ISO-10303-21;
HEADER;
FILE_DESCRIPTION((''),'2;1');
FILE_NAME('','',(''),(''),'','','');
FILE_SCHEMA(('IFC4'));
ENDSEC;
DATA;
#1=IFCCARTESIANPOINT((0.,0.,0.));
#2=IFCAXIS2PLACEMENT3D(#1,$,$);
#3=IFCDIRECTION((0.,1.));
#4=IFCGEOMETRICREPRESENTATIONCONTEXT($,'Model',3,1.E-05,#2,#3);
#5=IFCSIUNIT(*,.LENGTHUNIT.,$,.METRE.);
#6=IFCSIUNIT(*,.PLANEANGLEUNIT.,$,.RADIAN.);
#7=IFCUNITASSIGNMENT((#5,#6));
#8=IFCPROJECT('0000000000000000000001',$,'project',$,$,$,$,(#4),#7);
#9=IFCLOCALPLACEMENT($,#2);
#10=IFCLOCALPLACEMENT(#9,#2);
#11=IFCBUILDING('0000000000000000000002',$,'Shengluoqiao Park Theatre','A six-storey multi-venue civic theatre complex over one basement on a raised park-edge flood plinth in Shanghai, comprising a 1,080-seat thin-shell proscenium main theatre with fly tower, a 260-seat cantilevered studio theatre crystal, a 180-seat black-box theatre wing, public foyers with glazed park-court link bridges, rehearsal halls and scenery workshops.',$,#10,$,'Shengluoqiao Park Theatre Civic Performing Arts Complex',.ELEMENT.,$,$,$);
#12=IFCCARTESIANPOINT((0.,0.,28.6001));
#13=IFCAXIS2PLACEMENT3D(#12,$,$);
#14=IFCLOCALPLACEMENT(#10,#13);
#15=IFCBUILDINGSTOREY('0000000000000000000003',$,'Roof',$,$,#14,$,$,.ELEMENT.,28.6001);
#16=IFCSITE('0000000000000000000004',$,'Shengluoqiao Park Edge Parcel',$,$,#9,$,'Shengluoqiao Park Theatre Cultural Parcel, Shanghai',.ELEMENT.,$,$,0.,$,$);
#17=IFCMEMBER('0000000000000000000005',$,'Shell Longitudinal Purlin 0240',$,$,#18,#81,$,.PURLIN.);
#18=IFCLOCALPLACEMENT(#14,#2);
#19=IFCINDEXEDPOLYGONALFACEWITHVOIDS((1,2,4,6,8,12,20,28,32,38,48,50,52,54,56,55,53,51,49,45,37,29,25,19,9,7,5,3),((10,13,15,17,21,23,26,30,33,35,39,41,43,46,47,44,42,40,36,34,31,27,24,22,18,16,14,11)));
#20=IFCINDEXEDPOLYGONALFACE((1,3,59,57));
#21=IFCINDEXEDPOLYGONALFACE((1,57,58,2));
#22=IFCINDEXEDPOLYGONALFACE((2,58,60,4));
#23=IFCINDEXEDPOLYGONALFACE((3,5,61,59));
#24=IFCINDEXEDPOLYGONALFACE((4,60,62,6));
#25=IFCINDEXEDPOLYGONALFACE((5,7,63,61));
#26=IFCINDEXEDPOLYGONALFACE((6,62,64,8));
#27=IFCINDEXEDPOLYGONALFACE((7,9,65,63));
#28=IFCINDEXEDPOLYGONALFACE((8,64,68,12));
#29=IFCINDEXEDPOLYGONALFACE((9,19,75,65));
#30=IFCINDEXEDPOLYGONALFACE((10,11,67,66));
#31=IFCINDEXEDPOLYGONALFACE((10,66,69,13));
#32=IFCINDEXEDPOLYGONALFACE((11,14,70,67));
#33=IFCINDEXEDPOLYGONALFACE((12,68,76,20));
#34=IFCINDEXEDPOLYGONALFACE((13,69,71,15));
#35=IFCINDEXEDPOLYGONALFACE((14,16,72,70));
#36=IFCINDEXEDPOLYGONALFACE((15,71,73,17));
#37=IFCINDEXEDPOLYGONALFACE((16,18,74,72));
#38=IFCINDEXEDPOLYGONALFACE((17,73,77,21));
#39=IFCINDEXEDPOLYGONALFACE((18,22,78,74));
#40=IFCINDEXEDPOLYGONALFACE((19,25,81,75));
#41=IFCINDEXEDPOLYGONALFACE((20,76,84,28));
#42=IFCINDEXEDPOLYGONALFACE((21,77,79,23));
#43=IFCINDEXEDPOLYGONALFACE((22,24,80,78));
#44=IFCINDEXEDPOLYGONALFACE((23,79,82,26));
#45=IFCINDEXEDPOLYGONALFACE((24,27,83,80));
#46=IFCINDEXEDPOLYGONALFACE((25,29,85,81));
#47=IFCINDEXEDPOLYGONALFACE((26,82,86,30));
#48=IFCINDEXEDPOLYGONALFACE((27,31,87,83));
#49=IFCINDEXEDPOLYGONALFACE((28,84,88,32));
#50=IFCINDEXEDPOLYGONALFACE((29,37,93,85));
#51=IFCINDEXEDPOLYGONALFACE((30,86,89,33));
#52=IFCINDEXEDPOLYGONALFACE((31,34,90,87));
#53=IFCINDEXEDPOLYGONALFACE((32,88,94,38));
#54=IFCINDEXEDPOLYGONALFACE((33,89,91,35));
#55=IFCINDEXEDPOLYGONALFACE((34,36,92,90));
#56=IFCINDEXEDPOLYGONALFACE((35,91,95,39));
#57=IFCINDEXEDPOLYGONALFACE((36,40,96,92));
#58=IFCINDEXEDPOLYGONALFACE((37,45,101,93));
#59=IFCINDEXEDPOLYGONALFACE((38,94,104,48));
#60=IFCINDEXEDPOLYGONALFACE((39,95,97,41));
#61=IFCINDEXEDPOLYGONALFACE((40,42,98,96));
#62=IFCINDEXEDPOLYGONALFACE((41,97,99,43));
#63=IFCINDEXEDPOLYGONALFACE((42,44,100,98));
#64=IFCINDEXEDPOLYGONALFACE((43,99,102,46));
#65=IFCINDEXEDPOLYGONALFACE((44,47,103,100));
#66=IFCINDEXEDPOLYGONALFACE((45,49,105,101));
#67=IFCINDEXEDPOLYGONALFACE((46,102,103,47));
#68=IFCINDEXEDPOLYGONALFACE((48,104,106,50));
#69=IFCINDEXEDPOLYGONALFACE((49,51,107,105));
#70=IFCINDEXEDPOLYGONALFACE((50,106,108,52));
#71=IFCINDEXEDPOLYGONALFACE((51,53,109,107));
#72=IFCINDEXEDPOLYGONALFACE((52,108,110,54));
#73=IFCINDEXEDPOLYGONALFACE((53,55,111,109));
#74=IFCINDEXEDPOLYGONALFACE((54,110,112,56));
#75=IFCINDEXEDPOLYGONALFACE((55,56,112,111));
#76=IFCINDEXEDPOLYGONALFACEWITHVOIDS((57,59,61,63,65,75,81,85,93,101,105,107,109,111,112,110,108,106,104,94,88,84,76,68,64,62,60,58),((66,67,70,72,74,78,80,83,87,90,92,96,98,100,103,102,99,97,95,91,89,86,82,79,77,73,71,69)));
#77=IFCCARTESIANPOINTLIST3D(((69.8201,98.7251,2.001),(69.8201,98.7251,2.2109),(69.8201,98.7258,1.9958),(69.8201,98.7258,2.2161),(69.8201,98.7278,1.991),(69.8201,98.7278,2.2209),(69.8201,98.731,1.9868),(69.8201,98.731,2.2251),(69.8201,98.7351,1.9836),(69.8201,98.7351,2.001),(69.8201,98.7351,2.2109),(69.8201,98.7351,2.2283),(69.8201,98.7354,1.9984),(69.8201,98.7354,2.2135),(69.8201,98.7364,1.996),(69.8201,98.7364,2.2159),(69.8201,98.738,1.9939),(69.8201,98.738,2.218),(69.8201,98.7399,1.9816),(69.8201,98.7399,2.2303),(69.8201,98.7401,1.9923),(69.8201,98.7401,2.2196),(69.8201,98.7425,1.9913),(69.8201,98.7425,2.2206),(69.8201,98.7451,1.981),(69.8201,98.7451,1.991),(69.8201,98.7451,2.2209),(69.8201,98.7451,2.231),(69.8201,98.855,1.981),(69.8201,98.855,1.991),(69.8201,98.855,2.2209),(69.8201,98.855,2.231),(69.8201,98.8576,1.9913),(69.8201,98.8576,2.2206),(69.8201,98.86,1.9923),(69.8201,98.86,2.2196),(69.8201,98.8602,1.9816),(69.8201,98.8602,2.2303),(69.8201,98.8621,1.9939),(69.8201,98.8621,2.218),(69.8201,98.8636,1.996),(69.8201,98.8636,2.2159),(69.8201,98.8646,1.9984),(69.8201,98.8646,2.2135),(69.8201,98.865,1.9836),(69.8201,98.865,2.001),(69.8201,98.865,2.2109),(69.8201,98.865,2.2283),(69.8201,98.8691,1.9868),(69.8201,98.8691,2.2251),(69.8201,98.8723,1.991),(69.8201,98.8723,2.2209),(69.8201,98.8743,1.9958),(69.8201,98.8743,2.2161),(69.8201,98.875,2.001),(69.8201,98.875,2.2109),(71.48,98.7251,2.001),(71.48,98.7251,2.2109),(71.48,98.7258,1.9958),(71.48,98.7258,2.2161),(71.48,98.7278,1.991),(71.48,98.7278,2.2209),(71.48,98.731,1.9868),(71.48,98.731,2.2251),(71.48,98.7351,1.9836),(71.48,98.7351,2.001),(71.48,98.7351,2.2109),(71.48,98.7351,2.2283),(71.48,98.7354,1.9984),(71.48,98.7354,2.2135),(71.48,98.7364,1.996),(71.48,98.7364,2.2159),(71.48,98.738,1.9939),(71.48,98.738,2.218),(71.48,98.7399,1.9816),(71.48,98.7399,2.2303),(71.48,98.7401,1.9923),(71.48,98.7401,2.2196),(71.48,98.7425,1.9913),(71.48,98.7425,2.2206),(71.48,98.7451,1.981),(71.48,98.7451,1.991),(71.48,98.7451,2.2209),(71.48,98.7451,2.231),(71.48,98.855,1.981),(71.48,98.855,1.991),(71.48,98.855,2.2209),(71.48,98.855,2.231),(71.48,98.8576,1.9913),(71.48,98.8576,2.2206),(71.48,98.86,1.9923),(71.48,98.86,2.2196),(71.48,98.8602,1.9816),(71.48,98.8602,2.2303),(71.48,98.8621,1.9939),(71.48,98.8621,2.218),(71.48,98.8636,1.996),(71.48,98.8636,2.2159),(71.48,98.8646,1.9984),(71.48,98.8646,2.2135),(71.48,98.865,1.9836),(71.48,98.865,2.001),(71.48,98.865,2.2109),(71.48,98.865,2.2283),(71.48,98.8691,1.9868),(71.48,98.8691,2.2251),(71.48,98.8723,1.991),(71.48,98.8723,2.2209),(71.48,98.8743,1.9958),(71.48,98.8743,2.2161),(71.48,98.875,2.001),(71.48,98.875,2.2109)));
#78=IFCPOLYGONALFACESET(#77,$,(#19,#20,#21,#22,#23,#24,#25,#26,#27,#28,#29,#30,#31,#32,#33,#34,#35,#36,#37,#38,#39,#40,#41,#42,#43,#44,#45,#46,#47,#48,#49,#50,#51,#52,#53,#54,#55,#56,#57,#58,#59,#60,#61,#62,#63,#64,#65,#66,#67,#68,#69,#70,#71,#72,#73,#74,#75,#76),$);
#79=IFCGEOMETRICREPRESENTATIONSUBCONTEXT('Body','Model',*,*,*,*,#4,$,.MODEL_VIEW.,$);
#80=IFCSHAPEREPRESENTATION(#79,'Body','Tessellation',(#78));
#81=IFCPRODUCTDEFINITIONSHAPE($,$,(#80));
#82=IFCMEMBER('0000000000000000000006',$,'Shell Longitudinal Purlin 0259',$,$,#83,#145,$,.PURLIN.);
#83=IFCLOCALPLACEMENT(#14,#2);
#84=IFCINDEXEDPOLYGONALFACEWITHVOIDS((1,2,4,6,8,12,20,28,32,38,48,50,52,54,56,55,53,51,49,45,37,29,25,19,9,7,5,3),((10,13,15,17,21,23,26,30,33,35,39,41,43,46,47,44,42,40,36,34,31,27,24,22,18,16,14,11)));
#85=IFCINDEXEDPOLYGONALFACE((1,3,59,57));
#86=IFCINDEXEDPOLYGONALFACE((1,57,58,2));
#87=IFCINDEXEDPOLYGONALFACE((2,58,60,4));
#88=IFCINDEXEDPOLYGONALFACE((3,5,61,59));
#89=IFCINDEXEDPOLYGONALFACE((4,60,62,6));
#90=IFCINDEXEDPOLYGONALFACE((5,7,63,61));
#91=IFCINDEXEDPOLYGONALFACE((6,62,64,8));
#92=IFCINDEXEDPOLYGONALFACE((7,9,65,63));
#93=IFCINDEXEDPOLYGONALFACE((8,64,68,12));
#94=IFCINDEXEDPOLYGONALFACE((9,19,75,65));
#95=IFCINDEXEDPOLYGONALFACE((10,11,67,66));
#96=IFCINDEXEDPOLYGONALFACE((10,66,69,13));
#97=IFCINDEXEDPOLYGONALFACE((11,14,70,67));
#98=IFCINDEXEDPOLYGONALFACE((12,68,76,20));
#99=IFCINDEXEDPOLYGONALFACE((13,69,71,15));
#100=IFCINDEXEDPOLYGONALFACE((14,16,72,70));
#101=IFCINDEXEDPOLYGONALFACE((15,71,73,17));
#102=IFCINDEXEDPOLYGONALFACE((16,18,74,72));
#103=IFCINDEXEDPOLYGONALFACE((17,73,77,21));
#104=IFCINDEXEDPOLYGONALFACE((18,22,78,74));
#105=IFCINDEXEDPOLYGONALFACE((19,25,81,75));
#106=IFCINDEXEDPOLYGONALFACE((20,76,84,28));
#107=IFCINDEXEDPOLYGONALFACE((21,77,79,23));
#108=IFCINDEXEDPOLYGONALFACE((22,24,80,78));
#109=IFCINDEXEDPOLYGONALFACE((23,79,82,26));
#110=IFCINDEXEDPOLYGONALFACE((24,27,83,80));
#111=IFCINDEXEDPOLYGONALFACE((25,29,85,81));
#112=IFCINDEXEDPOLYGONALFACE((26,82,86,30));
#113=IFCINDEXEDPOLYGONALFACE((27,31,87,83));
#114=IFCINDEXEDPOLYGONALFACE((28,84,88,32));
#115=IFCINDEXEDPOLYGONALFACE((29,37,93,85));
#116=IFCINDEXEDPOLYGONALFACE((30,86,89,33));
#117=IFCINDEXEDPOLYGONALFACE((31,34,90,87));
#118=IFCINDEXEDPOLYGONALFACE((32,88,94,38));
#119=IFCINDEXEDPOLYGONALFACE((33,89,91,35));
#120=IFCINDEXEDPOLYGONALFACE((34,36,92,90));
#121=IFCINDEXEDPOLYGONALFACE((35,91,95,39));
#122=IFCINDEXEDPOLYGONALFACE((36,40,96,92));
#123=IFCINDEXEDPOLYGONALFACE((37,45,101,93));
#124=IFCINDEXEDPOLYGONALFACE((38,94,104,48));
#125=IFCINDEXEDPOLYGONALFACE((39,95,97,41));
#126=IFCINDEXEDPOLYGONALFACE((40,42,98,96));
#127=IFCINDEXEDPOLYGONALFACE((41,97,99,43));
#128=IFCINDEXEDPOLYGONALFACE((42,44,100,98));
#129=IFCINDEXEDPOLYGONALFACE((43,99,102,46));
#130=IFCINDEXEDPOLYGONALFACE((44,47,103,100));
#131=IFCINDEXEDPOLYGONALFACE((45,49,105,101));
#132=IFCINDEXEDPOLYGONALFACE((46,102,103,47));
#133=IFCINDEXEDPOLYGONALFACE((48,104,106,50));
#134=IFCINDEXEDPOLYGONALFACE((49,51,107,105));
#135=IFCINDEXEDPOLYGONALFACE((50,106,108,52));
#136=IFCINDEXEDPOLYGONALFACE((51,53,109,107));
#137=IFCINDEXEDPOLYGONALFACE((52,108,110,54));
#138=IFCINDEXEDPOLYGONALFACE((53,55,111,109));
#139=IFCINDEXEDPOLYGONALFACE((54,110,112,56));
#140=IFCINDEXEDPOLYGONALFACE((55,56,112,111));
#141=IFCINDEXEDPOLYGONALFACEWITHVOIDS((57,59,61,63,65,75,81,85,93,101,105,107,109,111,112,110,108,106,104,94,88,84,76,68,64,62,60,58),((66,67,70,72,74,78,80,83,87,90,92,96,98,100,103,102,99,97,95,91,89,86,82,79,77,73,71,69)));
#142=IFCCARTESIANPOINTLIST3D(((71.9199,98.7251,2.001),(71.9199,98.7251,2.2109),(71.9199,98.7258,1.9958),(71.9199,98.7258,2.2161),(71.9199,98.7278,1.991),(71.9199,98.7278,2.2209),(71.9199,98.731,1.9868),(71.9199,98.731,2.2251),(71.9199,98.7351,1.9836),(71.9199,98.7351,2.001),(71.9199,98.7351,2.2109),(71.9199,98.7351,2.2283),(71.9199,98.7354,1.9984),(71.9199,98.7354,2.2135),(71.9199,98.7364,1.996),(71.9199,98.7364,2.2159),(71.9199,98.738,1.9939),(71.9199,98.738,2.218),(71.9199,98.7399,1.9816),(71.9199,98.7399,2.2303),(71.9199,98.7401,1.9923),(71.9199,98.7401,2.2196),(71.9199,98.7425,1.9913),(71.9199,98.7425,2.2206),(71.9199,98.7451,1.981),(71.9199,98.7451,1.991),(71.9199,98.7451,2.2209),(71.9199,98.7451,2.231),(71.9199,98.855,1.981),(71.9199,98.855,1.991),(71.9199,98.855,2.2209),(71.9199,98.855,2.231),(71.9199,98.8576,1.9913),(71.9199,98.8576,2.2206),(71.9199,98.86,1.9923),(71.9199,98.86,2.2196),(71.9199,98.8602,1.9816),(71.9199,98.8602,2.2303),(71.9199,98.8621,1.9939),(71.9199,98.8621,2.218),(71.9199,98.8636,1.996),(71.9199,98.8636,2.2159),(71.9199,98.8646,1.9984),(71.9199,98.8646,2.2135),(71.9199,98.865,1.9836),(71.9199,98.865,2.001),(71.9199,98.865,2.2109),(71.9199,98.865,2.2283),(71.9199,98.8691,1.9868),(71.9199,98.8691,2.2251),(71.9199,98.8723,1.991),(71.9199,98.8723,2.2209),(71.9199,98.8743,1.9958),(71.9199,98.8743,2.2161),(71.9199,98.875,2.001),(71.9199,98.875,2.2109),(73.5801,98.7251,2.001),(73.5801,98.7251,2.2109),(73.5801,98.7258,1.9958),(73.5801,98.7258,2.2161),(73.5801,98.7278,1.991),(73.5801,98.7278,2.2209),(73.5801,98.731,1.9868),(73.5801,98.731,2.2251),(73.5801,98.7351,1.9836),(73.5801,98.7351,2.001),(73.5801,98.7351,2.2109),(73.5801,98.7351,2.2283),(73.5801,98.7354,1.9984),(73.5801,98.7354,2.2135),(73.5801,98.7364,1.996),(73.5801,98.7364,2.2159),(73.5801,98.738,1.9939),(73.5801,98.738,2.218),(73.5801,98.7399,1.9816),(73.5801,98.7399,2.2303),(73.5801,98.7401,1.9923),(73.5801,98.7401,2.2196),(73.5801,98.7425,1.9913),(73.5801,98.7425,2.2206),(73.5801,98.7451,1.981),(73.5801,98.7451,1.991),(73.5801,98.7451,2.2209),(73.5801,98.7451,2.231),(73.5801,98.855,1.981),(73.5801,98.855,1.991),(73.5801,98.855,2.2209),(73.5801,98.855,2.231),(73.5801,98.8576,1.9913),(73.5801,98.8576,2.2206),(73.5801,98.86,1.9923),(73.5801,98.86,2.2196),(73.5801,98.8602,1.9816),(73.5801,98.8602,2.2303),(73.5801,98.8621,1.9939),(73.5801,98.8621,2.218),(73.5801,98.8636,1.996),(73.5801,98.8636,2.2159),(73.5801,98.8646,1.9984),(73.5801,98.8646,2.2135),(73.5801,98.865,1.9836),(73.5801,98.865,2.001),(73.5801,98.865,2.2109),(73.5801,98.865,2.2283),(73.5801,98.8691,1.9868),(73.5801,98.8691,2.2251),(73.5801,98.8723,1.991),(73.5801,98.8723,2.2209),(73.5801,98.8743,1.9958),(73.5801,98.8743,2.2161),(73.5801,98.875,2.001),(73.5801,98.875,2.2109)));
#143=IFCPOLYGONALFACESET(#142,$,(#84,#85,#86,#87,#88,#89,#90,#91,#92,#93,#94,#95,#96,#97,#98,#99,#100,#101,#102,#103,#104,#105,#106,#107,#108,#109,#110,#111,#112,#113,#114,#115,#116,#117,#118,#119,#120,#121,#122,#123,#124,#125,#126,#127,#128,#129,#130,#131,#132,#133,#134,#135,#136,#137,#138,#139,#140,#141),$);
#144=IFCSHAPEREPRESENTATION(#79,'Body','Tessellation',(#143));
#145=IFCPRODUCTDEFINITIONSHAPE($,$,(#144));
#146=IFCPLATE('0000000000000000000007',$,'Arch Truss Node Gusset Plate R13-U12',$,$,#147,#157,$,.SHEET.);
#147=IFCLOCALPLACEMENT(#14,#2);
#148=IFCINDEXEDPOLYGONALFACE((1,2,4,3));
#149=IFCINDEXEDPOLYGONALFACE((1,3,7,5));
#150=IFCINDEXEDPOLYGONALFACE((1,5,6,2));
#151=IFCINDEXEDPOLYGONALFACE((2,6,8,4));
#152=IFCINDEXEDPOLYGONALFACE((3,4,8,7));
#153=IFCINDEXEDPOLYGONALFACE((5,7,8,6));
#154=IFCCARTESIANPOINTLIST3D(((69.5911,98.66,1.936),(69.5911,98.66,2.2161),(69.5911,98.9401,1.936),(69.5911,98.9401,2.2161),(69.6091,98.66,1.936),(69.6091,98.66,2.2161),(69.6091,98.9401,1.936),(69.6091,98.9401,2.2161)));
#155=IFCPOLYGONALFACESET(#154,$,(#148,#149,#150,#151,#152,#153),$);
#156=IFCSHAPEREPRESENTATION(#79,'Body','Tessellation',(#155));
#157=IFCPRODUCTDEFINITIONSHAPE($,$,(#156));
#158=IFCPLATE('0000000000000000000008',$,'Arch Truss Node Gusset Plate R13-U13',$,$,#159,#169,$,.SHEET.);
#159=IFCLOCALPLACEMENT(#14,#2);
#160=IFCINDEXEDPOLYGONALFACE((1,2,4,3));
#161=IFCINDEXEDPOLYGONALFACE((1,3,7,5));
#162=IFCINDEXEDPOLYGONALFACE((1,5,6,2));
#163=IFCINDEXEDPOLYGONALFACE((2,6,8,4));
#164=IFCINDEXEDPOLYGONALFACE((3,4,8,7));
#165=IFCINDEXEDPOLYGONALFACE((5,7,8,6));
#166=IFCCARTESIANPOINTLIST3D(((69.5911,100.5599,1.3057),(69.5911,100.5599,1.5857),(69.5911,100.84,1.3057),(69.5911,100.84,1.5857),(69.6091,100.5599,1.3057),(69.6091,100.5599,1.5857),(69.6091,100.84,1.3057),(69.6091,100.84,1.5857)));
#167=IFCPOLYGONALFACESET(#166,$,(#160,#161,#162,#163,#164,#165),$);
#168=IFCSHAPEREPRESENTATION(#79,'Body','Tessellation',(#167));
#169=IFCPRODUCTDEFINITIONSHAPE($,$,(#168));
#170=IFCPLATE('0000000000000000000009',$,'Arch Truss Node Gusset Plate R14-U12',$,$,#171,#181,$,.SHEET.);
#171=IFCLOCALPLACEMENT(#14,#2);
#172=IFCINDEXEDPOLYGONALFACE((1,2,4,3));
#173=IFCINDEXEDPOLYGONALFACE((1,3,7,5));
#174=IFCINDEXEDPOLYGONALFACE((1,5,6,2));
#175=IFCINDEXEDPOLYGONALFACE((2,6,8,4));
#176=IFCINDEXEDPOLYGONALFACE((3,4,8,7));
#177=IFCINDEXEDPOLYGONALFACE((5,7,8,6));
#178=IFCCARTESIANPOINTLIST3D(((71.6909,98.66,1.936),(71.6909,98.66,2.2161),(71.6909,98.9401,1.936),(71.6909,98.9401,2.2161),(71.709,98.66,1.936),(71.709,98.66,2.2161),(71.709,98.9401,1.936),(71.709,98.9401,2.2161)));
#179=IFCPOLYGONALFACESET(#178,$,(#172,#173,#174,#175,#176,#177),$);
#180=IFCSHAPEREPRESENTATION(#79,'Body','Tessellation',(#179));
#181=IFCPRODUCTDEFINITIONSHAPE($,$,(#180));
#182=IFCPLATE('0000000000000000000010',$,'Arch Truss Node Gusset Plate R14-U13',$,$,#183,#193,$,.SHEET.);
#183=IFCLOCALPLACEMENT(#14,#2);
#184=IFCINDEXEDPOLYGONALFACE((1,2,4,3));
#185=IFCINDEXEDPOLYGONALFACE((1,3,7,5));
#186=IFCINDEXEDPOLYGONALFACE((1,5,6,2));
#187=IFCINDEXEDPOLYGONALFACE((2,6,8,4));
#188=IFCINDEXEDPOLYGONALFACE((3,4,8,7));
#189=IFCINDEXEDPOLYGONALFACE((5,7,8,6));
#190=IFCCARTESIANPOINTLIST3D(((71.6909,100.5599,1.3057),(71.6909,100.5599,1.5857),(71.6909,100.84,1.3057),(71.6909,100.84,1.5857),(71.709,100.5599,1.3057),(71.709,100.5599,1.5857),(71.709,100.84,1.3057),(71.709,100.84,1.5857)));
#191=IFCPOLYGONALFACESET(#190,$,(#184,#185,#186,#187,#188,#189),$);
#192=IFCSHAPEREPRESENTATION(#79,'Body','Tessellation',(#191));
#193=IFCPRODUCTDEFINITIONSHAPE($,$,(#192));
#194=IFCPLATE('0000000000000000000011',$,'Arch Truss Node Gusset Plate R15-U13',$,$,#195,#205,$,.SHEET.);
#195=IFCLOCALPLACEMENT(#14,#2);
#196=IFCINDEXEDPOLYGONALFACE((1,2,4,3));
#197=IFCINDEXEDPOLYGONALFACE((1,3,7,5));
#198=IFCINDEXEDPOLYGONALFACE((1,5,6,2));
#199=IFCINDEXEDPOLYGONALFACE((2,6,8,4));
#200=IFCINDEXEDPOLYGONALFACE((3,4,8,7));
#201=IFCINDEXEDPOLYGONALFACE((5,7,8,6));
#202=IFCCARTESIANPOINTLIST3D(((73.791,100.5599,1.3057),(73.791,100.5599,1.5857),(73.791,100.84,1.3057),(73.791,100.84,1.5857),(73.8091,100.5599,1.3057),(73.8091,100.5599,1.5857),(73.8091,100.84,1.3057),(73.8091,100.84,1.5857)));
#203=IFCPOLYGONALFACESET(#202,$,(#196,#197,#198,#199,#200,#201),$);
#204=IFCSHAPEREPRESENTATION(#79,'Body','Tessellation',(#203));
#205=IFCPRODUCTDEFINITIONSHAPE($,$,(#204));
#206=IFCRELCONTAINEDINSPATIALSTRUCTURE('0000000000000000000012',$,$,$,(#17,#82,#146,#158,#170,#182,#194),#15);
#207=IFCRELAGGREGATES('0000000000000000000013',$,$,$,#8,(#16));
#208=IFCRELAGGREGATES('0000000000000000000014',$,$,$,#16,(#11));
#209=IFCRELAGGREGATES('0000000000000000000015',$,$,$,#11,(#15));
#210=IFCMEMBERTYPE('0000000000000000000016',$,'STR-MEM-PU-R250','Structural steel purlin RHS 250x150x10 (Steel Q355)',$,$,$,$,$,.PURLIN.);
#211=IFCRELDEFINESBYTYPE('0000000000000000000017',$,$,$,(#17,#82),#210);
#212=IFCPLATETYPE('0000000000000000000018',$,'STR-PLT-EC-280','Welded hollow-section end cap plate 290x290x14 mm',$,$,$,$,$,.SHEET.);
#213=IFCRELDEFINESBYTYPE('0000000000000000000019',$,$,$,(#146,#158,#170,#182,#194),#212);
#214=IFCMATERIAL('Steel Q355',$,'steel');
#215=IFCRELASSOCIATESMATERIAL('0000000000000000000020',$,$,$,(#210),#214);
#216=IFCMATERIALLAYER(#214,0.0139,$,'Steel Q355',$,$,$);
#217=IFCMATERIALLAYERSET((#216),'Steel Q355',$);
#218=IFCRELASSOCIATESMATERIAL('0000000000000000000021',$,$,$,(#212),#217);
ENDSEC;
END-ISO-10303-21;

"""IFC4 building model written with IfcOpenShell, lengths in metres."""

from ifc_helpers import new_model, si_unit, direction, frame, origin, origin_2d, place, context, subcontext, project, spatial, rectangle, hollow_rectangle, extrude, material, layer, layer_set, material_profile, profile_set, type_object, element, save


model = new_model("IFC4")

# Units and contexts
model_context = context("Model", 3, precision=1e-05, world=origin(), true_north=direction((0.0, 1.0)))
body_context = subcontext(model_context, "Body", "Model", "MODEL_VIEW")
ifc_project = project(units=[si_unit("LENGTHUNIT", "METRE"), si_unit("PLANEANGLEUNIT", "RADIAN")], contexts=[model_context])

# Site, building, storey
site_placement = place(None, origin())
site = spatial("IfcSite", under=ifc_project, at=site_placement, Name="Shengluoqiao Park Edge Parcel", LongName="Shengluoqiao Park Theatre Cultural Parcel, Shanghai", CompositionType="ELEMENT", RefElevation=0.0)
building_placement = place(site_placement, origin())
building = spatial("IfcBuilding", under=site, at=building_placement, Name="Shengluoqiao Park Theatre", Description="A six-storey multi-venue civic theatre complex over one basement on a raised park-edge flood plinth in Shanghai, comprising a 1,080-seat thin-shell proscenium main theatre with fly tower, a 260-seat cantilevered studio theatre crystal, a 180-seat black-box theatre wing, public foyers with glazed park-court link bridges, rehearsal halls and scenery workshops.", LongName="Shengluoqiao Park Theatre Civic Performing Arts Complex", CompositionType="ELEMENT")
storey_placement = place(building_placement, frame((0.0, 0.0, 28.6001)))
storey = spatial("IfcBuildingStorey", under=building, at=storey_placement, Name="Roof", CompositionType="ELEMENT", Elevation=28.6001)

# Members
ifc_material_1 = material(Name="Steel Q355", Category="steel")
ifc_material_profile_1 = material_profile(ifc_material_1, hollow_rectangle(XDim=0.1499, YDim=0.25, WallThickness=0.01, InnerFilletRadius=0.01, OuterFilletRadius=0.02, at=origin_2d()), Name="RHS 250x150x10")
ifc_profile_set_1 = profile_set([ifc_material_profile_1], Name="Steel Q355")
member_type_1 = type_object("IfcMemberType", Name="STR-MEM-PU-R250", Description="Structural steel purlin RHS 250x150x10 (Steel Q355)", PredefinedType="PURLIN", material=ifc_profile_set_1)
for number, where, z_axis, x_axis, name in (
    (1, (69.8201, 98.8, 2.106), (1.0, 0.0, 0.0), (0.0, 1.0, 0.0), "Shell Longitudinal Purlin 0240"),
):
    element("IfcMember", number, at=place(storey_placement, frame(where, z_axis=z_axis, x_axis=x_axis)), inside=storey, type_object=member_type_1, Name=name, PredefinedType="PURLIN", context=body_context, shape_type="SweptSolid", body=[
        extrude(hollow_rectangle(XDim=0.1499, YDim=0.25, WallThickness=0.01, InnerFilletRadius=0.01, OuterFilletRadius=0.02, at=origin_2d()), origin(), (0.0, 0.0, 1.0), 1.6599),
    ])
member_1_placement = place(storey_placement, frame((71.9199, 98.8, 2.106), z_axis=(1.0, 0.0, 0.0), x_axis=(0.0, 1.0, 0.0)))
element("IfcMember", 2, at=member_1_placement, inside=storey, type_object=member_type_1, Name="Shell Longitudinal Purlin 0259", PredefinedType="PURLIN", context=body_context, shape_type="SweptSolid", body=[
    extrude(hollow_rectangle(XDim=0.1499, YDim=0.25, WallThickness=0.01, InnerFilletRadius=0.01, OuterFilletRadius=0.02, at=origin_2d()), origin(), (0.0, 0.0, 1.0), 1.6602),
])

# Plates
ifc_layer_1 = layer(ifc_material_1, 0.0139, Name="Steel Q355")
ifc_layer_set_1 = layer_set([ifc_layer_1], Name="Steel Q355")
plate_type_1 = type_object("IfcPlateType", Name="STR-PLT-EC-280", Description="Welded hollow-section end cap plate 290x290x14 mm", PredefinedType="SHEET", material=ifc_layer_set_1)
for number, where, z_axis, x_axis, name in (
    (3, (69.6001, 98.8, 1.936), (0.0, 0.0, 1.0), (1.0, 0.0, 0.0), "Arch Truss Node Gusset Plate R13-U12"),
    (4, (69.6001, 100.7, 1.3057), (0.0, 0.0, 1.0), (1.0, 0.0, 0.0), "Arch Truss Node Gusset Plate R13-U13"),
    (5, (71.7, 98.8, 1.936), (0.0, 0.0, 1.0), (1.0, 0.0, 0.0), "Arch Truss Node Gusset Plate R14-U12"),
    (6, (71.7, 100.7, 1.3057), (0.0, 0.0, 1.0), (1.0, 0.0, 0.0), "Arch Truss Node Gusset Plate R14-U13"),
    (7, (73.8, 100.7, 1.3057), (0.0, 0.0, 1.0), (1.0, 0.0, 0.0), "Arch Truss Node Gusset Plate R15-U13"),
):
    element("IfcPlate", number, at=place(storey_placement, frame(where, z_axis=z_axis, x_axis=x_axis)), inside=storey, type_object=plate_type_1, Name=name, PredefinedType="SHEET", context=body_context, shape_type="SweptSolid", body=[
        extrude(rectangle(XDim=0.0181, YDim=0.28, at=origin_2d()), origin(), (0.0, 0.0, 1.0), 0.28),
    ])

save(model, "model.ifc")
